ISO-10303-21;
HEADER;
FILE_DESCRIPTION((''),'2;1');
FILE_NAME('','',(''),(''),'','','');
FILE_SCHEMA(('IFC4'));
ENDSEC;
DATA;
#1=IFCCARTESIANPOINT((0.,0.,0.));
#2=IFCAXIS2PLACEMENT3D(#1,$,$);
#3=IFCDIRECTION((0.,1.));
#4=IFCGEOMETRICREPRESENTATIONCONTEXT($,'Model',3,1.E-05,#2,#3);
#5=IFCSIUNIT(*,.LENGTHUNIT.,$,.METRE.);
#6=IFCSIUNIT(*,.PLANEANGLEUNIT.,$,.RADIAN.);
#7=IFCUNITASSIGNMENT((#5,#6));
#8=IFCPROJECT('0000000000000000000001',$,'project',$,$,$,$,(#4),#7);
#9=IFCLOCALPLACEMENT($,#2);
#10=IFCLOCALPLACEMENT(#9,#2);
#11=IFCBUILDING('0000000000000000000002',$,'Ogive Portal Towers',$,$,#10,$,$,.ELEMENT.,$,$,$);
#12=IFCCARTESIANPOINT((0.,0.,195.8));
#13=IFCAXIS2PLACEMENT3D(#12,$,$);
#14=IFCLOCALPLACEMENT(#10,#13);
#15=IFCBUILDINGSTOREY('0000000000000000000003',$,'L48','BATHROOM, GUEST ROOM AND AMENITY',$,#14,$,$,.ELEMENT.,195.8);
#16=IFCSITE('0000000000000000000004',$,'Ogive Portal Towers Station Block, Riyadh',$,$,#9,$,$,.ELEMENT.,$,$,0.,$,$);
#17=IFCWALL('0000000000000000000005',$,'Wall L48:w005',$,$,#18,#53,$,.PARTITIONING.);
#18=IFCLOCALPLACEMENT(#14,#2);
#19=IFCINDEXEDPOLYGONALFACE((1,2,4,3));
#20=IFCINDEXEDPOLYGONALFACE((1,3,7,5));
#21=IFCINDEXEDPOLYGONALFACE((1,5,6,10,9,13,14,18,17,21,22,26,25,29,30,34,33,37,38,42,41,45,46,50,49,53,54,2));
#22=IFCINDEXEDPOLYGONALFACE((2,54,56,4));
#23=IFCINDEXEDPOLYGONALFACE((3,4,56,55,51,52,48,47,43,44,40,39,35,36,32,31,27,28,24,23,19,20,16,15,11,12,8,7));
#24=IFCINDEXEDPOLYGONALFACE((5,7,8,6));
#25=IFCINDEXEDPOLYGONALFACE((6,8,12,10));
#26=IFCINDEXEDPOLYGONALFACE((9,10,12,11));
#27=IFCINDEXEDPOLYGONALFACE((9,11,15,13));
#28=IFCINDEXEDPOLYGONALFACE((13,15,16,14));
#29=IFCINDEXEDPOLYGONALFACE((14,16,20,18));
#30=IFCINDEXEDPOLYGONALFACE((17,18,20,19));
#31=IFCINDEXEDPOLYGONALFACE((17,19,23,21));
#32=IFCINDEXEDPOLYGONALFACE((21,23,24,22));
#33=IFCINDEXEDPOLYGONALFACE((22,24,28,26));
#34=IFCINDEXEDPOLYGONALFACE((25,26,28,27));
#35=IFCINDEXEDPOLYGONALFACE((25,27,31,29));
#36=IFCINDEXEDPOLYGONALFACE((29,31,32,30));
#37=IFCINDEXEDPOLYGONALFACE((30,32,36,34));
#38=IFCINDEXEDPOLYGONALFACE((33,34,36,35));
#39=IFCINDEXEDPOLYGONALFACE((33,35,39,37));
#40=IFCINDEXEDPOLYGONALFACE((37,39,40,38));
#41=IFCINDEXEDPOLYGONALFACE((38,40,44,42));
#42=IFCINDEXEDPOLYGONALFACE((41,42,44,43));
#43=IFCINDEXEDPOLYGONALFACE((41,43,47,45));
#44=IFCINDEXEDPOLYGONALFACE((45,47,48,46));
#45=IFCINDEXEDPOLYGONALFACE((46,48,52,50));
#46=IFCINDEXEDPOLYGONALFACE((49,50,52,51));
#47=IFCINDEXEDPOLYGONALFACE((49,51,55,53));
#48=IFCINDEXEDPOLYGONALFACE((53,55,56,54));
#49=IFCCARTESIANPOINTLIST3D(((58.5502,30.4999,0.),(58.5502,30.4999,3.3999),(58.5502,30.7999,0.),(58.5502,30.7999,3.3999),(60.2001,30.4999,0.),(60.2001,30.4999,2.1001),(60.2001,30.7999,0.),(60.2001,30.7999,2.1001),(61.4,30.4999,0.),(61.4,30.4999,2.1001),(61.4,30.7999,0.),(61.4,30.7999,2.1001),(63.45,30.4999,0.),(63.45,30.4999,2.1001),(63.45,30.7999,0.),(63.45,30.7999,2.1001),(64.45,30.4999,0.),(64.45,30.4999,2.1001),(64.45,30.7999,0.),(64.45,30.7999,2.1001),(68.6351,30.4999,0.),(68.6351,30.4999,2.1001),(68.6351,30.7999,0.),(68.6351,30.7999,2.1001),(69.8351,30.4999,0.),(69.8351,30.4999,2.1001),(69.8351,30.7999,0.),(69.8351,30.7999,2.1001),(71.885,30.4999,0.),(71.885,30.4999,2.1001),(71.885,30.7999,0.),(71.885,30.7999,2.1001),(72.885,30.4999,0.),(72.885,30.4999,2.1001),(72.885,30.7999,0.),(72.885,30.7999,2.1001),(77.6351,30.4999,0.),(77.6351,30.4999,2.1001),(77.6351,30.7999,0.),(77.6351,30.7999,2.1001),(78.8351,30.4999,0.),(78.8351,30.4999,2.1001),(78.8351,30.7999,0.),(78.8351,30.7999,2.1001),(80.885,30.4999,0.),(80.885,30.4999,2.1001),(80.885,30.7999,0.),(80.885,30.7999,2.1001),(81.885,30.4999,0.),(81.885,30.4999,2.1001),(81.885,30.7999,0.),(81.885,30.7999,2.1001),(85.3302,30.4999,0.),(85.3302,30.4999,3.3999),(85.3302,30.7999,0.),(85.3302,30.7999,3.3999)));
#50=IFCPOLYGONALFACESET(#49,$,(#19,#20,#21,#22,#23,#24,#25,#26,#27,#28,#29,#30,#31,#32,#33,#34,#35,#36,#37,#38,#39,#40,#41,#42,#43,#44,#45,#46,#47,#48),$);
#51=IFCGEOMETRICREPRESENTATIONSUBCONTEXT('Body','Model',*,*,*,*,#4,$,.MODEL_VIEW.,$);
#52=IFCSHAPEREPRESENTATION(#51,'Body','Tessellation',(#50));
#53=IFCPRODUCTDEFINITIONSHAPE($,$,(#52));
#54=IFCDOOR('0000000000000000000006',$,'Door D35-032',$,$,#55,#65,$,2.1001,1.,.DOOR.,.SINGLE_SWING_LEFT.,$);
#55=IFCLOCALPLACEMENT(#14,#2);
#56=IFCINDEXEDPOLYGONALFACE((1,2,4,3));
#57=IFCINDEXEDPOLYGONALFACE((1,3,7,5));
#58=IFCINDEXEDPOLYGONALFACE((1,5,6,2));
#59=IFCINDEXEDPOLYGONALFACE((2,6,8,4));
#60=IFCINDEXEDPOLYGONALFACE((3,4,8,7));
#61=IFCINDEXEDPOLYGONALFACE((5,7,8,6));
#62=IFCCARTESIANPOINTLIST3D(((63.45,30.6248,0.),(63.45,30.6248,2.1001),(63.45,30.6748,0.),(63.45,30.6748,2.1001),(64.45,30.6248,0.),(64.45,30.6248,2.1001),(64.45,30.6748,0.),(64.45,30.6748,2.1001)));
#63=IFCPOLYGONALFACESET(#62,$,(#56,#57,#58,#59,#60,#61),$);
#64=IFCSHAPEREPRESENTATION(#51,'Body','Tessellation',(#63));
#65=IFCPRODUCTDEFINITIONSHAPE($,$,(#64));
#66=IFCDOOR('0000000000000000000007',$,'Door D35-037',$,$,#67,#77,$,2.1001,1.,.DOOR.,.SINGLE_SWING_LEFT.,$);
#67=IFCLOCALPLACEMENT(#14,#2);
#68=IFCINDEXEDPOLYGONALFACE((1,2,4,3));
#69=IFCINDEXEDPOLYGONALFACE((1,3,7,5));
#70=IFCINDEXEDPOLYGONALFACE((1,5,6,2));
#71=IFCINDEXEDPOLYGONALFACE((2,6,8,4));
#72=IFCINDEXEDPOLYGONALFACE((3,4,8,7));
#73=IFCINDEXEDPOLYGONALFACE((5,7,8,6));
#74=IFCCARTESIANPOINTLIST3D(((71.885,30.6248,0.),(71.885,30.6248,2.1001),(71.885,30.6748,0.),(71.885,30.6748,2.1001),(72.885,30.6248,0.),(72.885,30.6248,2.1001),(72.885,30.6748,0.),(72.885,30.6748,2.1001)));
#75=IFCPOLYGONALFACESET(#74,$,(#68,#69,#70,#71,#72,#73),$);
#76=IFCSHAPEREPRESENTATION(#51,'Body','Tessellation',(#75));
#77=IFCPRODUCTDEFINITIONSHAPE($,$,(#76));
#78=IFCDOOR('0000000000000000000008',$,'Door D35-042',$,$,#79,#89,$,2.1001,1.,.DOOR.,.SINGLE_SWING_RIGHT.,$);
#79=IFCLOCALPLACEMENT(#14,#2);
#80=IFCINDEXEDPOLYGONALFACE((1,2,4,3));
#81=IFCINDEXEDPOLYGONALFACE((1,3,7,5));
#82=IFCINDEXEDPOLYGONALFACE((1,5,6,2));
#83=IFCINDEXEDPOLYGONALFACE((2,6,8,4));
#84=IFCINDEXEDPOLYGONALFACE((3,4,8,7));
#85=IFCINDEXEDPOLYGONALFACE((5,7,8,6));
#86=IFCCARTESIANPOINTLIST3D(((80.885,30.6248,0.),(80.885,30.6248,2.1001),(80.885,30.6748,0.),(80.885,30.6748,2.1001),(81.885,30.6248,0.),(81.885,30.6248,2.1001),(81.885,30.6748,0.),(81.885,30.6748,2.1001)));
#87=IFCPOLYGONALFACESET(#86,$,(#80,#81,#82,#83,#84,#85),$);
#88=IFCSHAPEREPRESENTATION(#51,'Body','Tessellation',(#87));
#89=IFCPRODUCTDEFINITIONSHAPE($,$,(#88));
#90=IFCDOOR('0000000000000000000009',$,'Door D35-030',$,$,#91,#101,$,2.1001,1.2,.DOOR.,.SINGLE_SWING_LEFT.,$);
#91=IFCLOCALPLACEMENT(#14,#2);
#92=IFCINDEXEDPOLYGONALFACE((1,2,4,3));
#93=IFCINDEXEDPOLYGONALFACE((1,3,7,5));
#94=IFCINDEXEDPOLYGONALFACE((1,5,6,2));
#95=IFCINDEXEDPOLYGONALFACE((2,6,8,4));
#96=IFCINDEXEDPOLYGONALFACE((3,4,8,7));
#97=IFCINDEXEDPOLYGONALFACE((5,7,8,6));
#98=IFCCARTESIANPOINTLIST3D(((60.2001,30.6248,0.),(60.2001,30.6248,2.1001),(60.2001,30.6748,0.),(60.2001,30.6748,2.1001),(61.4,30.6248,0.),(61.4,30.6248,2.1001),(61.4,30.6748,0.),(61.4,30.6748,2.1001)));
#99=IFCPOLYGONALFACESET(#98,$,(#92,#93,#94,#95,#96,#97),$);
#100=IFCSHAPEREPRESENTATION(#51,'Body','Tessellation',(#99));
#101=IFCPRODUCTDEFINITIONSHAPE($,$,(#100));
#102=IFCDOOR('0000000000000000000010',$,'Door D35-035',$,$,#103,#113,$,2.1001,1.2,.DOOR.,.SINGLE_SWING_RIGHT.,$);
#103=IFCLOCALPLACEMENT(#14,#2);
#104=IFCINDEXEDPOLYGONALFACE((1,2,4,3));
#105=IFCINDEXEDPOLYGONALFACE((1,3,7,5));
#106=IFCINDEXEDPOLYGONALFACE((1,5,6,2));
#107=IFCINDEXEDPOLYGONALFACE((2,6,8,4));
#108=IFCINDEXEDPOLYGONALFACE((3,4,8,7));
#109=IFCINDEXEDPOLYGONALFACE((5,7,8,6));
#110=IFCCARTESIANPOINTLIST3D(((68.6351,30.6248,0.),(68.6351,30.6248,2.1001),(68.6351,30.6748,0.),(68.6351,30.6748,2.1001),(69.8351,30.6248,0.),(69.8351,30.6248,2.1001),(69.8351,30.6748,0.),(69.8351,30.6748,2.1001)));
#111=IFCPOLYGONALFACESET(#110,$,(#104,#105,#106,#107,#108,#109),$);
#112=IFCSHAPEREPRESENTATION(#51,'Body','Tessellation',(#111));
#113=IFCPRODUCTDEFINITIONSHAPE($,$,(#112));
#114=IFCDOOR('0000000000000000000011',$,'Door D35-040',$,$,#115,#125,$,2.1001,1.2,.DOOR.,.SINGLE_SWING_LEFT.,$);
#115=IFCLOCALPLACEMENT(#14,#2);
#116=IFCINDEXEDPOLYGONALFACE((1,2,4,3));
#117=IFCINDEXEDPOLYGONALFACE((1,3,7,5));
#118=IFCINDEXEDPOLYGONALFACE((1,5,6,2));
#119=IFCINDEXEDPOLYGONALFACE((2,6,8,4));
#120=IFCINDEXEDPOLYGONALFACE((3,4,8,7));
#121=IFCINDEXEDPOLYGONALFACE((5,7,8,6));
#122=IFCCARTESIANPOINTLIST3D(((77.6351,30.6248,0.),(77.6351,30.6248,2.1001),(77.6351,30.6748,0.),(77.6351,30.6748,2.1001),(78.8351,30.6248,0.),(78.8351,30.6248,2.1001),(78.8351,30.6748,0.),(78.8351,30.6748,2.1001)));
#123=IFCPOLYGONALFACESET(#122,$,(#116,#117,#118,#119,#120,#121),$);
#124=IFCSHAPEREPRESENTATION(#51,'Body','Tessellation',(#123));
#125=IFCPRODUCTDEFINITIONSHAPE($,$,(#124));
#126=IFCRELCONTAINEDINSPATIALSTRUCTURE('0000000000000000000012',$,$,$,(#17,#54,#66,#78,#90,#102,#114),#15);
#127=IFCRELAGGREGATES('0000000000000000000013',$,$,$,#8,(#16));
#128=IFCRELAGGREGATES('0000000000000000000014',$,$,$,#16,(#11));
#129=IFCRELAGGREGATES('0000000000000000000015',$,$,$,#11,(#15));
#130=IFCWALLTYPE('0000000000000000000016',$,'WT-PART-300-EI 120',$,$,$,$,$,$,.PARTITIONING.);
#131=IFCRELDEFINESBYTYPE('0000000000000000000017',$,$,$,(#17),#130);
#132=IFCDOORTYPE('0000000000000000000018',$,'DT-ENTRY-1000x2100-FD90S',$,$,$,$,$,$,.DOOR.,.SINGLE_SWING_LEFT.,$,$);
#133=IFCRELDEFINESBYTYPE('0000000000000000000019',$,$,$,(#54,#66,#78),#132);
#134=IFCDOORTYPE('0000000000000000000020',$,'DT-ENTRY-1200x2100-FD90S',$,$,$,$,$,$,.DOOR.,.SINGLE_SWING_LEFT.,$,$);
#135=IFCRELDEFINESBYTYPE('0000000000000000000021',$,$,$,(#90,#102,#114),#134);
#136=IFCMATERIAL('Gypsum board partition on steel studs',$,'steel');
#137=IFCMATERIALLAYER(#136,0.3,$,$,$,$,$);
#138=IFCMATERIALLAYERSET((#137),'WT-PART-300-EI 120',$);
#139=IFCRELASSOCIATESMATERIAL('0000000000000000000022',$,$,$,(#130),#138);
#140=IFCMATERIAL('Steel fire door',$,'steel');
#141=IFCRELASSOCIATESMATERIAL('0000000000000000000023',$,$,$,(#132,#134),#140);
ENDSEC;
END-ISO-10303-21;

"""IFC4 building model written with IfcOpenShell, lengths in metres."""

from ifc_helpers import new_model, si_unit, direction, frame, frame_2d, origin, place, context, subcontext, project, spatial, rectangle, extrude, material, layer, layer_set, type_object, element, fill, save


model = new_model("IFC4")

# Units and contexts
model_context = context("Model", 3, precision=1e-05, world=origin(), true_north=direction((0.0, 1.0)))
body_context = subcontext(model_context, "Body", "Model", "MODEL_VIEW")
ifc_project = project(units=[si_unit("LENGTHUNIT", "METRE"), si_unit("PLANEANGLEUNIT", "RADIAN")], contexts=[model_context])

# Site, building, storey
site_placement = place(None, origin())
site = spatial("IfcSite", under=ifc_project, at=site_placement, Name="Ogive Portal Towers Station Block, Riyadh", CompositionType="ELEMENT", RefElevation=0.0)
building_placement = place(site_placement, origin())
building = spatial("IfcBuilding", under=site, at=building_placement, Name="Ogive Portal Towers", CompositionType="ELEMENT")
storey_placement = place(building_placement, frame((0.0, 0.0, 195.8)))
storey = spatial("IfcBuildingStorey", under=building, at=storey_placement, Name="L48", Description="BATHROOM, GUEST ROOM AND AMENITY", CompositionType="ELEMENT", Elevation=195.8)

# Shared definitions
ifc_material_1 = material(Name="Steel fire door", Category="steel")
ifc_material_2 = material(Name="Gypsum board partition on steel studs", Category="steel")

# Wall, openings, doors
ifc_layer_1 = layer(ifc_material_2, 0.3)
ifc_layer_set_1 = layer_set([ifc_layer_1], Name="WT-PART-300-EI 120")
wall_type_1 = type_object("IfcWallType", Name="WT-PART-300-EI 120", PredefinedType="PARTITIONING", material=ifc_layer_set_1)
wall_1_placement = place(storey_placement, frame((58.55, 30.6499, 0.0), z_axis=(0.0, 0.0, 1.0), x_axis=(1.0, 0.0, 0.0)))
wall_1 = element("IfcWall", 1, at=wall_1_placement, inside=storey, type_object=wall_type_1, Name="Wall L48:w005", PredefinedType="PARTITIONING", context=body_context, shape_type="SweptSolid", body=[
    extrude(rectangle(XDim=26.78, YDim=0.3, at=frame_2d((13.3901, 0.0))), origin(), (0.0, 0.0, 1.0), 3.3999),
])
opening_1_placement = place(wall_1_placement, frame((1.6499, 0.0, 0.0)))
opening_1 = element("IfcOpeningElement", 2, at=opening_1_placement, cuts=wall_1, PredefinedType="OPENING", context=body_context, shape_type="SweptSolid", body=[
    extrude(rectangle(XDim=1.2, YDim=2.1001, at=frame_2d((0.6001, 1.05))), frame((0.0, 0.1602, 0.0), z_axis=(0.0, -1.0, 0.0), x_axis=(1.0, 0.0, 0.0)), (0.0, 0.0, 1.0), 0.3201),
])
opening_2_placement = place(wall_1_placement, frame((4.8999, 0.0, 0.0)))
opening_2 = element("IfcOpeningElement", 3, at=opening_2_placement, cuts=wall_1, PredefinedType="OPENING", context=body_context, shape_type="SweptSolid", body=[
    extrude(rectangle(XDim=1.0, YDim=2.1001, at=frame_2d((0.5, 1.05))), frame((0.0, 0.1602, 0.0), z_axis=(0.0, -1.0, 0.0), x_axis=(1.0, 0.0, 0.0)), (0.0, 0.0, 1.0), 0.3201),
])
opening_3_placement = place(wall_1_placement, frame((10.085, 0.0, 0.0)))
opening_3 = element("IfcOpeningElement", 4, at=opening_3_placement, cuts=wall_1, PredefinedType="OPENING", context=body_context, shape_type="SweptSolid", body=[
    extrude(rectangle(XDim=1.2, YDim=2.1001, at=frame_2d((0.6001, 1.05))), frame((0.0, 0.1602, 0.0), z_axis=(0.0, -1.0, 0.0), x_axis=(1.0, 0.0, 0.0)), (0.0, 0.0, 1.0), 0.3201),
])
opening_4_placement = place(wall_1_placement, frame((13.335, 0.0, 0.0)))
opening_4 = element("IfcOpeningElement", 5, at=opening_4_placement, cuts=wall_1, PredefinedType="OPENING", context=body_context, shape_type="SweptSolid", body=[
    extrude(rectangle(XDim=1.0, YDim=2.1001, at=frame_2d((0.5, 1.05))), frame((0.0, 0.1602, 0.0), z_axis=(0.0, -1.0, 0.0), x_axis=(1.0, 0.0, 0.0)), (0.0, 0.0, 1.0), 0.3201),
])
opening_5_placement = place(wall_1_placement, frame((19.085, 0.0, 0.0)))
opening_5 = element("IfcOpeningElement", 6, at=opening_5_placement, cuts=wall_1, PredefinedType="OPENING", context=body_context, shape_type="SweptSolid", body=[
    extrude(rectangle(XDim=1.2, YDim=2.1001, at=frame_2d((0.6001, 1.05))), frame((0.0, 0.1602, 0.0), z_axis=(0.0, -1.0, 0.0), x_axis=(1.0, 0.0, 0.0)), (0.0, 0.0, 1.0), 0.3201),
])
opening_6_placement = place(wall_1_placement, frame((22.335, 0.0, 0.0)))
opening_6 = element("IfcOpeningElement", 7, at=opening_6_placement, cuts=wall_1, PredefinedType="OPENING", context=body_context, shape_type="SweptSolid", body=[
    extrude(rectangle(XDim=1.0, YDim=2.1001, at=frame_2d((0.5, 1.05))), frame((0.0, 0.1602, 0.0), z_axis=(0.0, -1.0, 0.0), x_axis=(1.0, 0.0, 0.0)), (0.0, 0.0, 1.0), 0.3201),
])
door_type_1 = type_object("IfcDoorType", Name="DT-ENTRY-1000x2100-FD90S", OperationType="SINGLE_SWING_LEFT", PredefinedType="DOOR", material=ifc_material_1)
door_1_placement = place(opening_2_placement, origin())
door_1 = element("IfcDoor", 8, at=door_1_placement, inside=storey, type_object=door_type_1, Name="Door D35-032", OperationType="SINGLE_SWING_LEFT", OverallHeight=2.1001, OverallWidth=1.0, PredefinedType="DOOR", context=body_context, shape_type="SweptSolid", body=[
    extrude(rectangle(XDim=1.0, YDim=2.1001, at=frame_2d((0.5, 1.05))), frame((0.0, 0.0249, 0.0), z_axis=(0.0, -1.0, 0.0), x_axis=(1.0, 0.0, 0.0)), (0.0, 0.0, 1.0), 0.05),
])
fill(opening_2, door_1)
door_2_placement = place(opening_4_placement, origin())
door_2 = element("IfcDoor", 9, at=door_2_placement, inside=storey, type_object=door_type_1, Name="Door D35-037", OperationType="SINGLE_SWING_LEFT", OverallHeight=2.1001, OverallWidth=1.0, PredefinedType="DOOR", context=body_context, shape_type="SweptSolid", body=[
    extrude(rectangle(XDim=1.0, YDim=2.1001, at=frame_2d((0.5, 1.05))), frame((0.0, 0.0249, 0.0), z_axis=(0.0, -1.0, 0.0), x_axis=(1.0, 0.0, 0.0)), (0.0, 0.0, 1.0), 0.05),
])
fill(opening_4, door_2)
door_3_placement = place(opening_6_placement, origin())
door_3 = element("IfcDoor", 10, at=door_3_placement, inside=storey, type_object=door_type_1, Name="Door D35-042", OperationType="SINGLE_SWING_RIGHT", OverallHeight=2.1001, OverallWidth=1.0, PredefinedType="DOOR", context=body_context, shape_type="SweptSolid", body=[
    extrude(rectangle(XDim=1.0, YDim=2.1001, at=frame_2d((0.5, 1.05))), frame((0.0, 0.0249, 0.0), z_axis=(0.0, -1.0, 0.0), x_axis=(1.0, 0.0, 0.0)), (0.0, 0.0, 1.0), 0.05),
])
fill(opening_6, door_3)
door_type_2 = type_object("IfcDoorType", Name="DT-ENTRY-1200x2100-FD90S", OperationType="SINGLE_SWING_LEFT", PredefinedType="DOOR", material=ifc_material_1)
door_4_placement = place(opening_1_placement, origin())
door_4 = element("IfcDoor", 11, at=door_4_placement, inside=storey, type_object=door_type_2, Name="Door D35-030", OperationType="SINGLE_SWING_LEFT", OverallHeight=2.1001, OverallWidth=1.2, PredefinedType="DOOR", context=body_context, shape_type="SweptSolid", body=[
    extrude(rectangle(XDim=1.2, YDim=2.1001, at=frame_2d((0.6001, 1.05))), frame((0.0, 0.0249, 0.0), z_axis=(0.0, -1.0, 0.0), x_axis=(1.0, 0.0, 0.0)), (0.0, 0.0, 1.0), 0.05),
])
fill(opening_1, door_4)
door_5_placement = place(opening_3_placement, origin())
door_5 = element("IfcDoor", 12, at=door_5_placement, inside=storey, type_object=door_type_2, Name="Door D35-035", OperationType="SINGLE_SWING_RIGHT", OverallHeight=2.1001, OverallWidth=1.2, PredefinedType="DOOR", context=body_context, shape_type="SweptSolid", body=[
    extrude(rectangle(XDim=1.2, YDim=2.1001, at=frame_2d((0.6001, 1.05))), frame((0.0, 0.0249, 0.0), z_axis=(0.0, -1.0, 0.0), x_axis=(1.0, 0.0, 0.0)), (0.0, 0.0, 1.0), 0.05),
])
fill(opening_3, door_5)
door_6_placement = place(opening_5_placement, origin())
door_6 = element("IfcDoor", 13, at=door_6_placement, inside=storey, type_object=door_type_2, Name="Door D35-040", OperationType="SINGLE_SWING_LEFT", OverallHeight=2.1001, OverallWidth=1.2, PredefinedType="DOOR", context=body_context, shape_type="SweptSolid", body=[
    extrude(rectangle(XDim=1.2, YDim=2.1001, at=frame_2d((0.6001, 1.05))), frame((0.0, 0.0249, 0.0), z_axis=(0.0, -1.0, 0.0), x_axis=(1.0, 0.0, 0.0)), (0.0, 0.0, 1.0), 0.05),
])
fill(opening_5, door_6)

save(model, "model.ifc")
